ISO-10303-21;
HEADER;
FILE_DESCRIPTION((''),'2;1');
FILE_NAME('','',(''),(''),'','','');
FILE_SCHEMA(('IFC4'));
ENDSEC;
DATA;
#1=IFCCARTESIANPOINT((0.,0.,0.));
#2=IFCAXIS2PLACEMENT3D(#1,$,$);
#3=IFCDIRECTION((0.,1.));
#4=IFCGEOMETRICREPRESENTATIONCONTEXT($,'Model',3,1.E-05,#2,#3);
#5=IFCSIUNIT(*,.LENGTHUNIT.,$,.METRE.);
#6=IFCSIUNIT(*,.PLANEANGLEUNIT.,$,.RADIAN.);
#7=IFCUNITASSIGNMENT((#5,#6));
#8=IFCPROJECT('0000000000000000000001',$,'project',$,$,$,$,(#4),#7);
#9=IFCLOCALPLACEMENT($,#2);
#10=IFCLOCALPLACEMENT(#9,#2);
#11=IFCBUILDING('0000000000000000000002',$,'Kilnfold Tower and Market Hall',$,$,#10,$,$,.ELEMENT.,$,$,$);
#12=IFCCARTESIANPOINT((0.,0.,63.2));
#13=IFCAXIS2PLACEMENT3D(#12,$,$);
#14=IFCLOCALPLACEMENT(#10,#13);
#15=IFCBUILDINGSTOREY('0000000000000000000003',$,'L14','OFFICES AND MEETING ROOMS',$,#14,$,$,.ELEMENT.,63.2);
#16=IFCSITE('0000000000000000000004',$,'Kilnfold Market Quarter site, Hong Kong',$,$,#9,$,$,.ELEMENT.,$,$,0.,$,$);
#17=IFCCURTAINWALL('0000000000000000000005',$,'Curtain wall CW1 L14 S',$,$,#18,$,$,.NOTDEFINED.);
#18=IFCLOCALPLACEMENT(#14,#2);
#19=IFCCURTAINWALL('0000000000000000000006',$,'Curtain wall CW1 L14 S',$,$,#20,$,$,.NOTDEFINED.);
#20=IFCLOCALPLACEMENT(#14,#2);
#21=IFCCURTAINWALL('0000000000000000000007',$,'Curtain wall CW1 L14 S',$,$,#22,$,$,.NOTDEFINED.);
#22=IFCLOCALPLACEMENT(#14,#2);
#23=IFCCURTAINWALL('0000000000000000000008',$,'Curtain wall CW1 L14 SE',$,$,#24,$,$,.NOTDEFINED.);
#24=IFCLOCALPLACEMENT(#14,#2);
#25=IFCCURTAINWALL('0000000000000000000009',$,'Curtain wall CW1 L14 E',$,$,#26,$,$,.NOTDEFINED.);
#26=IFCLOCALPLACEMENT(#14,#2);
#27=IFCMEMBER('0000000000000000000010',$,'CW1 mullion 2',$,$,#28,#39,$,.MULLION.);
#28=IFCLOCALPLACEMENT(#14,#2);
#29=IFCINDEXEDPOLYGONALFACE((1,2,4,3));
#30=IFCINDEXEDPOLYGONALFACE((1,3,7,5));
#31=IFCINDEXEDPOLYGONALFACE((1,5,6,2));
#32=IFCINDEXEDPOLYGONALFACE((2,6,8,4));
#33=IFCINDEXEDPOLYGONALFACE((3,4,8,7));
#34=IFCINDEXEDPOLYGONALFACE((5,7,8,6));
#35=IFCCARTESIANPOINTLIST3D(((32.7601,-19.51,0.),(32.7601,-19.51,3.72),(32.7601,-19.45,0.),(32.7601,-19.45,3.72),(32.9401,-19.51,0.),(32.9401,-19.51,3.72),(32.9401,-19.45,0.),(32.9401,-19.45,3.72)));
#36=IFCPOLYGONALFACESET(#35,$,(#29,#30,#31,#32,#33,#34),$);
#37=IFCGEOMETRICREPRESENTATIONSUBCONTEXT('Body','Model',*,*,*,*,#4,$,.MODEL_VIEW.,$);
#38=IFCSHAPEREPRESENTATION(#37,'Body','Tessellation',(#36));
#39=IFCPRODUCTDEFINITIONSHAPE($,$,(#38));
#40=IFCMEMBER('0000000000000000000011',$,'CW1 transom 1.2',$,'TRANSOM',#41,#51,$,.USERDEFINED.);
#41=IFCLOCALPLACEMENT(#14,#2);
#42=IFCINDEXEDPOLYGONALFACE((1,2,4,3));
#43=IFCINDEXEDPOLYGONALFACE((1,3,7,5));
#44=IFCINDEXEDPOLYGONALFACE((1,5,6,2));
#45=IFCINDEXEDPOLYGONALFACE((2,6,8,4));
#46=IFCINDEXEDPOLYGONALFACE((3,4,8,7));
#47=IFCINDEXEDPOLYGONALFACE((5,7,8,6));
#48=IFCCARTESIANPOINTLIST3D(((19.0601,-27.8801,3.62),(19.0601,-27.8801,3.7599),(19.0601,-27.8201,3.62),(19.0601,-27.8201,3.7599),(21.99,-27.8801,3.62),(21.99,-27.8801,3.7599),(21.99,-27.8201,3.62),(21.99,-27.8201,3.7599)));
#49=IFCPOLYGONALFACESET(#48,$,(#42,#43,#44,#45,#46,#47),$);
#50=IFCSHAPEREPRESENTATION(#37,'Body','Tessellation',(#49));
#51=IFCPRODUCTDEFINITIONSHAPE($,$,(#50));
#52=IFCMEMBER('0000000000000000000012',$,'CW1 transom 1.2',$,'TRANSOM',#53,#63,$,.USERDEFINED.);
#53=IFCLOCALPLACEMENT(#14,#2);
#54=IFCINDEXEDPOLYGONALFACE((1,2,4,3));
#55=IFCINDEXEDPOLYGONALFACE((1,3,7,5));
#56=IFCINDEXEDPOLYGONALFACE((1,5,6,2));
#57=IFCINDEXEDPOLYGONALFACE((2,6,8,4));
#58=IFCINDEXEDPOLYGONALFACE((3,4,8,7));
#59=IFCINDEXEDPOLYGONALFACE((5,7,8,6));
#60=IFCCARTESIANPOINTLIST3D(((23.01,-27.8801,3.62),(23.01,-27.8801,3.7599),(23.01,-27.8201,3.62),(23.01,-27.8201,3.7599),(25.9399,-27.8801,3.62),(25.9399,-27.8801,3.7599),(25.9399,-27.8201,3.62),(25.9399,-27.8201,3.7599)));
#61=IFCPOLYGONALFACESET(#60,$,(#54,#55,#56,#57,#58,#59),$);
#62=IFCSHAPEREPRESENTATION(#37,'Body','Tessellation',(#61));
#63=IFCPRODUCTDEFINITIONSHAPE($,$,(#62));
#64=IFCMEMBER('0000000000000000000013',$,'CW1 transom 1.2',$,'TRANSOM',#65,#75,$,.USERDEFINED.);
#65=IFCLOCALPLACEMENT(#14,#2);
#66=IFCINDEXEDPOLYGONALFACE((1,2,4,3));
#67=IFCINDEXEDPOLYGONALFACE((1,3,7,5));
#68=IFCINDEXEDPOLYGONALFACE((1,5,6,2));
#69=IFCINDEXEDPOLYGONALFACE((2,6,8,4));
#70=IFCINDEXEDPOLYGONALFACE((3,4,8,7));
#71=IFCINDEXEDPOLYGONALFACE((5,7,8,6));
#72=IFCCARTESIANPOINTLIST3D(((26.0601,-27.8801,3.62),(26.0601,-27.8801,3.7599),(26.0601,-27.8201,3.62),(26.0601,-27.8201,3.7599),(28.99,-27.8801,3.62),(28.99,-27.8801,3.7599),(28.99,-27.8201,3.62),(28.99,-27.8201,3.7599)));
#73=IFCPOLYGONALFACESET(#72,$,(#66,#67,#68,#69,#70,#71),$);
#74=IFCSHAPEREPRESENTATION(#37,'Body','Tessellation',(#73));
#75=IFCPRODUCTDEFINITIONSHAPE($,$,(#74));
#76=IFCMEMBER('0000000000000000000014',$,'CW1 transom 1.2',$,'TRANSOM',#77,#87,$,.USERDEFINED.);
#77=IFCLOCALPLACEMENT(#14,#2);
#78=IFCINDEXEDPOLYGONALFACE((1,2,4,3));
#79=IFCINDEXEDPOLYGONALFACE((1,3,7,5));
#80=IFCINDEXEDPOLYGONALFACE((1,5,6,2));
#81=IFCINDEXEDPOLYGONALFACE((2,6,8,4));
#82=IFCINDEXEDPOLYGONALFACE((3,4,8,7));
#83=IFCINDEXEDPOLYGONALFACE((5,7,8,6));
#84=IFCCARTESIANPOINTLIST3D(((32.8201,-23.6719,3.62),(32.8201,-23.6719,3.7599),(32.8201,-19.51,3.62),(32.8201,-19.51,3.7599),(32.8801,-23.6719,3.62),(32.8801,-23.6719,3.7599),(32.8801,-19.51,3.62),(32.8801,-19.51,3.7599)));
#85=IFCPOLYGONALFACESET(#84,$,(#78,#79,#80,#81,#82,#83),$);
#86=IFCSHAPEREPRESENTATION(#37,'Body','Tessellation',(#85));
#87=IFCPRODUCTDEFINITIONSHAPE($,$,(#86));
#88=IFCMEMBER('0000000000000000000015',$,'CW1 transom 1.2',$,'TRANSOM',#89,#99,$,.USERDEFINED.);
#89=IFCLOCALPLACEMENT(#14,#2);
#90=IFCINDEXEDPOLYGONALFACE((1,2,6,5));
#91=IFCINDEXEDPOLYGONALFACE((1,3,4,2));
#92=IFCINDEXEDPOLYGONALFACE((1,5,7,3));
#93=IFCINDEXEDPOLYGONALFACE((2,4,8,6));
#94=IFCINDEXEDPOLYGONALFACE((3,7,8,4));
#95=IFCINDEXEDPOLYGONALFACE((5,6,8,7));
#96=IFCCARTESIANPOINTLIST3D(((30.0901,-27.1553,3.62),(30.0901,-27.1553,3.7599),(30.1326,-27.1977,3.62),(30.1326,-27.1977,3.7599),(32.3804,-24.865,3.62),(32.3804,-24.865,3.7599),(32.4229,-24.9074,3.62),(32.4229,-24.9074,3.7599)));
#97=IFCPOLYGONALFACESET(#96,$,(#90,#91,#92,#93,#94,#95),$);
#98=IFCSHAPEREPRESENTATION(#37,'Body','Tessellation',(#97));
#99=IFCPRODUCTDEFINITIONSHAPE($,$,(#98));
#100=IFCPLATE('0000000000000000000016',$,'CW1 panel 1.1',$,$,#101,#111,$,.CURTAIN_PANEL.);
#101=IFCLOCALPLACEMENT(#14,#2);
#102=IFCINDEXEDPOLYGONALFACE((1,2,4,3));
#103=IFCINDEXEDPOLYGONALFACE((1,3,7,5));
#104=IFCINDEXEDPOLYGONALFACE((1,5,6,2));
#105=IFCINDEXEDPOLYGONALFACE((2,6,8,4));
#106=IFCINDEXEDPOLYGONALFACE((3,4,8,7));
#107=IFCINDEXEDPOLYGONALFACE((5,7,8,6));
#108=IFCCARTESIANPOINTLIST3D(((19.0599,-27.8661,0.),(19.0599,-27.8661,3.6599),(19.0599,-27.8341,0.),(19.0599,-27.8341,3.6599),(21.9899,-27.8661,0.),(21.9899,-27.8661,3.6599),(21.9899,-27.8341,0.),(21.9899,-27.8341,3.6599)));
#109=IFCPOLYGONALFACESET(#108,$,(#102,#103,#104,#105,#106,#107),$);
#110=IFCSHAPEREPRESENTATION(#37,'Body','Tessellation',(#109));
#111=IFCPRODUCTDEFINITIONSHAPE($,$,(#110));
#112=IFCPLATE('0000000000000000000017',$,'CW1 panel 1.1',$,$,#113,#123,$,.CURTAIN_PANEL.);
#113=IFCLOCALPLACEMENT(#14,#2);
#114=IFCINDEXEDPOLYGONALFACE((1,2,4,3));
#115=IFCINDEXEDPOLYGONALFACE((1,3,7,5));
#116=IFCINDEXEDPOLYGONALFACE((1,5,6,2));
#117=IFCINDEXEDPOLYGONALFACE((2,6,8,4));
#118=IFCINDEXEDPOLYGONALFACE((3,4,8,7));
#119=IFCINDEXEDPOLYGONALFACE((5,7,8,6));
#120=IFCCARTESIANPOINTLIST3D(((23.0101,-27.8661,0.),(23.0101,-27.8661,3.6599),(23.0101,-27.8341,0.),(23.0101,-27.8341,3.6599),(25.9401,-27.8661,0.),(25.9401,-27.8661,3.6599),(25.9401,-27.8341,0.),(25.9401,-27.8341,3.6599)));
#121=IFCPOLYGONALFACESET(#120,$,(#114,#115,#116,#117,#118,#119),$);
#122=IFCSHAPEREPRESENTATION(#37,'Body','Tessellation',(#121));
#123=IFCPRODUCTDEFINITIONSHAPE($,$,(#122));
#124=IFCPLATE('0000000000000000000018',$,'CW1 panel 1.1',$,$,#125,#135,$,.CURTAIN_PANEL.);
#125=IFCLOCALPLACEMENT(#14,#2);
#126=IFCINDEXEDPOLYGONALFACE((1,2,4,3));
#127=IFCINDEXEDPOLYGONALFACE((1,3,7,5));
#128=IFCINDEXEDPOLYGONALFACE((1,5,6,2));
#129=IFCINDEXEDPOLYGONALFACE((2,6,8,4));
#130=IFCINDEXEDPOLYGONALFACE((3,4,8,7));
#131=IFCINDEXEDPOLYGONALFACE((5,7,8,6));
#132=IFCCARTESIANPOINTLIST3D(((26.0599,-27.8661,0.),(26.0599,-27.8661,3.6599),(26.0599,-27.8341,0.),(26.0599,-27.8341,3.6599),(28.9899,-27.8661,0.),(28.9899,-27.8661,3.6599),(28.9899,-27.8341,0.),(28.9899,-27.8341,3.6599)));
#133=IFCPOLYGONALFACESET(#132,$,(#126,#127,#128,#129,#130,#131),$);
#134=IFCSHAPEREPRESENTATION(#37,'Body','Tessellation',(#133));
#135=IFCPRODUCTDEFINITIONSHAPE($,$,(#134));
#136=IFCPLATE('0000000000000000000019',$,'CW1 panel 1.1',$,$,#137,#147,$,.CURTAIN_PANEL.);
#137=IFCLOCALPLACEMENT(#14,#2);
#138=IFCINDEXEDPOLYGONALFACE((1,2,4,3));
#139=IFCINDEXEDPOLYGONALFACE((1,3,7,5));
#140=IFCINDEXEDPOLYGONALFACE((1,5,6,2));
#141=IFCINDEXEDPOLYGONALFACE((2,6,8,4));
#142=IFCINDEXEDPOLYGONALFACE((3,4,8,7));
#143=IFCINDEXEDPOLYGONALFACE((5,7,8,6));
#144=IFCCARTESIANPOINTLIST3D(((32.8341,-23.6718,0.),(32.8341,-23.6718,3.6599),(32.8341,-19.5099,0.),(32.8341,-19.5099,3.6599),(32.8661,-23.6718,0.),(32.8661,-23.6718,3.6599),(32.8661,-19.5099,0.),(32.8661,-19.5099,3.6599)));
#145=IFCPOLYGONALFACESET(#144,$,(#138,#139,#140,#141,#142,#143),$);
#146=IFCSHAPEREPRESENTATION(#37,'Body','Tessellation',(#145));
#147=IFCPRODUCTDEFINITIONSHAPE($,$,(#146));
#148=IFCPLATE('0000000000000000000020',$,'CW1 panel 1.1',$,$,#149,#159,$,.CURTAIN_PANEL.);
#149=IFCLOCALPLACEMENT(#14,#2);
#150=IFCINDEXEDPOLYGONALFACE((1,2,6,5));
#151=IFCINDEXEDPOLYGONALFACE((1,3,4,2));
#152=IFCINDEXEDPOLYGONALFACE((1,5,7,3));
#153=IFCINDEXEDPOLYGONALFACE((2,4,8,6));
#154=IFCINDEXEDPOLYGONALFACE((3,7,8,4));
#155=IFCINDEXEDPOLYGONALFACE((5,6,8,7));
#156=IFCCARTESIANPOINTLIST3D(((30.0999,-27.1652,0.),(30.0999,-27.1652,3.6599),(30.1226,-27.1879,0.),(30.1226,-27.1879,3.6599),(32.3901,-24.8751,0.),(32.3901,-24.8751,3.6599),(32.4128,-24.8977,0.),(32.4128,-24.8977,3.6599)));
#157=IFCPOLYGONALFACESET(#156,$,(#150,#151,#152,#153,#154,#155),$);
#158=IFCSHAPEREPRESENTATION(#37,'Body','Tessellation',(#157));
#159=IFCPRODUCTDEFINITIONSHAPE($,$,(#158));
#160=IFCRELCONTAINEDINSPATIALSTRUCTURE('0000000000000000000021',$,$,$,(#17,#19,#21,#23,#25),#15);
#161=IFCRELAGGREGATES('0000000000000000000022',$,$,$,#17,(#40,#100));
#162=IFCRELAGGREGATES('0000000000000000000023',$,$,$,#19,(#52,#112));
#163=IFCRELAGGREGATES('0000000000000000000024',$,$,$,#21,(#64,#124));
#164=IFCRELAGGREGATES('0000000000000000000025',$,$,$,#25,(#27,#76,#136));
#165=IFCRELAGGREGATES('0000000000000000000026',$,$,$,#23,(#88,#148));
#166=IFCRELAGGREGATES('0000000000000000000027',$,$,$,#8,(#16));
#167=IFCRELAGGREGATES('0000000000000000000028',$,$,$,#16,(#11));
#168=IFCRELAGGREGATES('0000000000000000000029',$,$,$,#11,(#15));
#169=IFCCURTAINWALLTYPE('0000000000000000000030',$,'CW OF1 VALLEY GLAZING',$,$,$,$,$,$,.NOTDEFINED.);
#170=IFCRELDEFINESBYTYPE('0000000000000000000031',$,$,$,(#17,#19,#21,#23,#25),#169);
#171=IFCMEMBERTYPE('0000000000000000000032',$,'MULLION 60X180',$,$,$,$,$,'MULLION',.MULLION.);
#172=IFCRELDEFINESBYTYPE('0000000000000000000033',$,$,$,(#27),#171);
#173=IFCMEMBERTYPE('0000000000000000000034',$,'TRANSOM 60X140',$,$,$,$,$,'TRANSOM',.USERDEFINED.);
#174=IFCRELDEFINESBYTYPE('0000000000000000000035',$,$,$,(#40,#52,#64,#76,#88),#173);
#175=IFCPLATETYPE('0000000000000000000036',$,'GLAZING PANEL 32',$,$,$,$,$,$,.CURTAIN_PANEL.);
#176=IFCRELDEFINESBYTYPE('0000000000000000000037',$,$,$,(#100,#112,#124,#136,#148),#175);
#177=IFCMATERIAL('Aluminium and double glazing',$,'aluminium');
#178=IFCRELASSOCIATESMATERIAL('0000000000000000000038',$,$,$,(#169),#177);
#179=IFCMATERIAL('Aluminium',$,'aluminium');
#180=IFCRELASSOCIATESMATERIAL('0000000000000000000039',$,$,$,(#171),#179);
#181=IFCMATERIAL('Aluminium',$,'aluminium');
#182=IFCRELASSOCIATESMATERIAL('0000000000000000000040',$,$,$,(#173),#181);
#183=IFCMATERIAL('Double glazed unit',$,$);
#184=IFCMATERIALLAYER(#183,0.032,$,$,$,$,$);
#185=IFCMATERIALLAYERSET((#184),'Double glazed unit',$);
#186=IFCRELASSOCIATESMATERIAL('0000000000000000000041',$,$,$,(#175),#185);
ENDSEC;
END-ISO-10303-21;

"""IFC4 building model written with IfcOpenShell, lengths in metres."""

from ifc_helpers import new_model, si_unit, direction, frame, origin, origin_2d, place, context, subcontext, project, spatial, rectangle, extrude, source, transform, mapped, material, layer, layer_set, material_profile, profile_set, type_object, element, aggregate, save


model = new_model("IFC4")

# Units and contexts
model_context = context("Model", 3, precision=1e-05, world=origin(), true_north=direction((0.0, 1.0)))
body_context = subcontext(model_context, "Body", "Model", "MODEL_VIEW")
ifc_project = project(units=[si_unit("LENGTHUNIT", "METRE"), si_unit("PLANEANGLEUNIT", "RADIAN")], contexts=[model_context])

# Site, building, storey
site_placement = place(None, origin())
site = spatial("IfcSite", under=ifc_project, at=site_placement, Name="Kilnfold Market Quarter site, Hong Kong", CompositionType="ELEMENT", RefElevation=0.0)
building_placement = place(site_placement, origin())
building = spatial("IfcBuilding", under=site, at=building_placement, Name="Kilnfold Tower and Market Hall", CompositionType="ELEMENT")
storey_placement = place(building_placement, frame((0.0, 0.0, 63.2)))
storey = spatial("IfcBuildingStorey", under=building, at=storey_placement, Name="L14", Description="OFFICES AND MEETING ROOMS", CompositionType="ELEMENT", Elevation=63.2)

# Curtain wall
ifc_material_1 = material(Name="Aluminium and double glazing", Category="aluminium")
curtain_wall_type = type_object("IfcCurtainWallType", Name="CW OF1 VALLEY GLAZING", PredefinedType="NOTDEFINED", material=ifc_material_1)
curtain_wall_1_placement = place(storey_placement, origin())
curtain_wall_1 = element("IfcCurtainWall", 1, at=curtain_wall_1_placement, inside=storey, type_object=curtain_wall_type, Name="Curtain wall CW1 L14 S", PredefinedType="NOTDEFINED")
ifc_material_2 = material(Name="Aluminium", Category="aluminium")
ifc_material_profile_1 = material_profile(ifc_material_2, rectangle(XDim=0.0601, YDim=0.1799, at=origin_2d()), Name="MULLION 60x180")
ifc_profile_set_1 = profile_set([ifc_material_profile_1], Name="Aluminium")
member_type_1 = type_object("IfcMemberType", Name="MULLION 60X180", ElementType="MULLION", PredefinedType="MULLION", material=ifc_profile_set_1)
shared_shape_1 = source(origin(), body_context, "Body", "SweptSolid", [
    extrude(rectangle(XDim=0.0601, YDim=0.1799, at=origin_2d()), origin(), (0.0, 0.0, 1.0), 3.72),
])

# Curtain walls, member
curtain_wall_2_placement = place(storey_placement, origin())
curtain_wall_2 = element("IfcCurtainWall", 2, at=curtain_wall_2_placement, inside=storey, type_object=curtain_wall_type, Name="Curtain wall CW1 L14 S", PredefinedType="NOTDEFINED")
curtain_wall_3_placement = place(storey_placement, origin())
curtain_wall_3 = element("IfcCurtainWall", 3, at=curtain_wall_3_placement, inside=storey, type_object=curtain_wall_type, Name="Curtain wall CW1 L14 S", PredefinedType="NOTDEFINED")
curtain_wall_4_placement = place(storey_placement, origin())
curtain_wall_4 = element("IfcCurtainWall", 4, at=curtain_wall_4_placement, inside=storey, type_object=curtain_wall_type, Name="Curtain wall CW1 L14 SE", PredefinedType="NOTDEFINED")
curtain_wall_5_placement = place(storey_placement, origin())
curtain_wall_5 = element("IfcCurtainWall", 5, at=curtain_wall_5_placement, inside=storey, type_object=curtain_wall_type, Name="Curtain wall CW1 L14 E", PredefinedType="NOTDEFINED")
member_1_placement = place(storey_placement, frame((32.8501, -19.48, 0.0), z_axis=(0.0, 0.0, 1.0), x_axis=(0.0, 1.0, 0.0)))
member_1 = element("IfcMember", 6, at=member_1_placement, type_object=member_type_1, Name="CW1 mullion 2", PredefinedType="MULLION", context=body_context, shape_type="MappedRepresentation", body=[
    mapped(shared_shape_1, transform((0.0, 0.0, 0.0))),
])

# Members
ifc_material_3 = material(Name="Aluminium", Category="aluminium")
ifc_material_profile_2 = material_profile(ifc_material_3, rectangle(XDim=0.0601, YDim=0.1399, at=origin_2d()), Name="TRANSOM 60x140")
ifc_profile_set_2 = profile_set([ifc_material_profile_2], Name="Aluminium")
member_type_2 = type_object("IfcMemberType", Name="TRANSOM 60X140", ElementType="TRANSOM", PredefinedType="USERDEFINED", material=ifc_profile_set_2)
shared_shape_2 = source(origin(), body_context, "Body", "SweptSolid", [
    extrude(rectangle(XDim=0.0601, YDim=0.1399, at=origin_2d()), origin(), (0.0, 0.0, 1.0), 2.9299),
])
member_2_placement = place(storey_placement, frame((19.0601, -27.8501, 3.6899), z_axis=(1.0, 0.0, 0.0), x_axis=(0.0, 1.0, 0.0)))
member_2 = element("IfcMember", 7, at=member_2_placement, type_object=member_type_2, Name="CW1 transom 1.2", ObjectType="TRANSOM", PredefinedType="USERDEFINED", context=body_context, shape_type="MappedRepresentation", body=[
    mapped(shared_shape_2, transform((0.0, 0.0, 0.0))),
])
member_3_placement = place(storey_placement, frame((23.01, -27.8501, 3.6899), z_axis=(1.0, 0.0, 0.0), x_axis=(0.0, 1.0, 0.0)))
member_3 = element("IfcMember", 8, at=member_3_placement, type_object=member_type_2, Name="CW1 transom 1.2", ObjectType="TRANSOM", PredefinedType="USERDEFINED", context=body_context, shape_type="MappedRepresentation", body=[
    mapped(shared_shape_2, transform((0.0, 0.0, 0.0))),
])
member_4_placement = place(storey_placement, frame((26.0601, -27.8501, 3.6899), z_axis=(1.0, 0.0, 0.0), x_axis=(0.0, 1.0, 0.0)))
member_4 = element("IfcMember", 9, at=member_4_placement, type_object=member_type_2, Name="CW1 transom 1.2", ObjectType="TRANSOM", PredefinedType="USERDEFINED", context=body_context, shape_type="MappedRepresentation", body=[
    mapped(shared_shape_2, transform((0.0, 0.0, 0.0))),
])
shared_shape_3 = source(origin(), body_context, "Body", "SweptSolid", [
    extrude(rectangle(XDim=0.0601, YDim=0.1399, at=origin_2d()), origin(), (0.0, 0.0, 1.0), 4.1619),
])
member_5_placement = place(storey_placement, frame((32.8501, -23.6719, 3.6899), z_axis=(0.0, 1.0, 0.0), x_axis=(-1.0, 0.0, 0.0)))
member_5 = element("IfcMember", 10, at=member_5_placement, type_object=member_type_2, Name="CW1 transom 1.2", ObjectType="TRANSOM", PredefinedType="USERDEFINED", context=body_context, shape_type="MappedRepresentation", body=[
    mapped(shared_shape_3, transform((0.0, 0.0, 0.0))),
])
shared_shape_4 = source(origin(), body_context, "Body", "SweptSolid", [
    extrude(rectangle(XDim=0.0601, YDim=0.1399, at=origin_2d()), origin(), (0.0, 0.0, 1.0), 3.239),
])
member_6_placement = place(storey_placement, frame((30.1113, -27.1765, 3.6899), z_axis=(0.707107, 0.707107, 0.0), x_axis=(-0.707107, 0.707107, 0.0)))
member_6 = element("IfcMember", 11, at=member_6_placement, type_object=member_type_2, Name="CW1 transom 1.2", ObjectType="TRANSOM", PredefinedType="USERDEFINED", context=body_context, shape_type="MappedRepresentation", body=[
    mapped(shared_shape_4, transform((0.0, 0.0, 0.0))),
])

# Plates
ifc_material_4 = material(Name="Double glazed unit")
ifc_layer = layer(ifc_material_4, 0.032)
ifc_layer_set = layer_set([ifc_layer], Name="Double glazed unit")
plate_type = type_object("IfcPlateType", Name="GLAZING PANEL 32", PredefinedType="CURTAIN_PANEL", material=ifc_layer_set)
shared_shape_5 = source(origin(), body_context, "Body", "SweptSolid", [
    extrude(rectangle(XDim=2.9299, YDim=0.032, at=origin_2d()), origin(), (0.0, 0.0, 1.0), 3.6599),
])
plate_1_placement = place(storey_placement, frame((20.5249, -27.8501, 0.0), z_axis=(0.0, 0.0, 1.0), x_axis=(1.0, 0.0, 0.0)))
plate_1 = element("IfcPlate", 12, at=plate_1_placement, type_object=plate_type, Name="CW1 panel 1.1", PredefinedType="CURTAIN_PANEL", context=body_context, shape_type="MappedRepresentation", body=[
    mapped(shared_shape_5, transform((0.0, 0.0, 0.0))),
])
aggregate(curtain_wall_1, [member_2, plate_1])
plate_2_placement = place(storey_placement, frame((24.4751, -27.8501, 0.0), z_axis=(0.0, 0.0, 1.0), x_axis=(1.0, 0.0, 0.0)))
plate_2 = element("IfcPlate", 13, at=plate_2_placement, type_object=plate_type, Name="CW1 panel 1.1", PredefinedType="CURTAIN_PANEL", context=body_context, shape_type="MappedRepresentation", body=[
    mapped(shared_shape_5, transform((0.0, 0.0, 0.0))),
])
aggregate(curtain_wall_2, [member_3, plate_2])
plate_3_placement = place(storey_placement, frame((27.5249, -27.8501, 0.0), z_axis=(0.0, 0.0, 1.0), x_axis=(1.0, 0.0, 0.0)))
plate_3 = element("IfcPlate", 14, at=plate_3_placement, type_object=plate_type, Name="CW1 panel 1.1", PredefinedType="CURTAIN_PANEL", context=body_context, shape_type="MappedRepresentation", body=[
    mapped(shared_shape_5, transform((0.0, 0.0, 0.0))),
])
aggregate(curtain_wall_3, [member_4, plate_3])
shared_shape_6 = source(origin(), body_context, "Body", "SweptSolid", [
    extrude(rectangle(XDim=4.1619, YDim=0.032, at=origin_2d()), origin(), (0.0, 0.0, 1.0), 3.6599),
])
plate_4_placement = place(storey_placement, frame((32.8501, -21.5908, 0.0), z_axis=(0.0, 0.0, 1.0), x_axis=(0.0, 1.0, 0.0)))
plate_4 = element("IfcPlate", 15, at=plate_4_placement, type_object=plate_type, Name="CW1 panel 1.1", PredefinedType="CURTAIN_PANEL", context=body_context, shape_type="MappedRepresentation", body=[
    mapped(shared_shape_6, transform((0.0, 0.0, 0.0))),
])
aggregate(curtain_wall_5, [member_1, member_5, plate_4])
shared_shape_7 = source(origin(), body_context, "Body", "SweptSolid", [
    extrude(rectangle(XDim=3.2388, YDim=0.032, at=origin_2d()), origin(), (0.0, 0.0, 1.0), 3.6599),
])
plate_5_placement = place(storey_placement, frame((31.2563, -26.0315, 0.0), z_axis=(0.0, 0.0, 1.0), x_axis=(0.707122, 0.707092, 0.0)))
plate_5 = element("IfcPlate", 16, at=plate_5_placement, type_object=plate_type, Name="CW1 panel 1.1", PredefinedType="CURTAIN_PANEL", context=body_context, shape_type="MappedRepresentation", body=[
    mapped(shared_shape_7, transform((0.0, 0.0, 0.0))),
])
aggregate(curtain_wall_4, [member_6, plate_5])

save(model, "model.ifc")
